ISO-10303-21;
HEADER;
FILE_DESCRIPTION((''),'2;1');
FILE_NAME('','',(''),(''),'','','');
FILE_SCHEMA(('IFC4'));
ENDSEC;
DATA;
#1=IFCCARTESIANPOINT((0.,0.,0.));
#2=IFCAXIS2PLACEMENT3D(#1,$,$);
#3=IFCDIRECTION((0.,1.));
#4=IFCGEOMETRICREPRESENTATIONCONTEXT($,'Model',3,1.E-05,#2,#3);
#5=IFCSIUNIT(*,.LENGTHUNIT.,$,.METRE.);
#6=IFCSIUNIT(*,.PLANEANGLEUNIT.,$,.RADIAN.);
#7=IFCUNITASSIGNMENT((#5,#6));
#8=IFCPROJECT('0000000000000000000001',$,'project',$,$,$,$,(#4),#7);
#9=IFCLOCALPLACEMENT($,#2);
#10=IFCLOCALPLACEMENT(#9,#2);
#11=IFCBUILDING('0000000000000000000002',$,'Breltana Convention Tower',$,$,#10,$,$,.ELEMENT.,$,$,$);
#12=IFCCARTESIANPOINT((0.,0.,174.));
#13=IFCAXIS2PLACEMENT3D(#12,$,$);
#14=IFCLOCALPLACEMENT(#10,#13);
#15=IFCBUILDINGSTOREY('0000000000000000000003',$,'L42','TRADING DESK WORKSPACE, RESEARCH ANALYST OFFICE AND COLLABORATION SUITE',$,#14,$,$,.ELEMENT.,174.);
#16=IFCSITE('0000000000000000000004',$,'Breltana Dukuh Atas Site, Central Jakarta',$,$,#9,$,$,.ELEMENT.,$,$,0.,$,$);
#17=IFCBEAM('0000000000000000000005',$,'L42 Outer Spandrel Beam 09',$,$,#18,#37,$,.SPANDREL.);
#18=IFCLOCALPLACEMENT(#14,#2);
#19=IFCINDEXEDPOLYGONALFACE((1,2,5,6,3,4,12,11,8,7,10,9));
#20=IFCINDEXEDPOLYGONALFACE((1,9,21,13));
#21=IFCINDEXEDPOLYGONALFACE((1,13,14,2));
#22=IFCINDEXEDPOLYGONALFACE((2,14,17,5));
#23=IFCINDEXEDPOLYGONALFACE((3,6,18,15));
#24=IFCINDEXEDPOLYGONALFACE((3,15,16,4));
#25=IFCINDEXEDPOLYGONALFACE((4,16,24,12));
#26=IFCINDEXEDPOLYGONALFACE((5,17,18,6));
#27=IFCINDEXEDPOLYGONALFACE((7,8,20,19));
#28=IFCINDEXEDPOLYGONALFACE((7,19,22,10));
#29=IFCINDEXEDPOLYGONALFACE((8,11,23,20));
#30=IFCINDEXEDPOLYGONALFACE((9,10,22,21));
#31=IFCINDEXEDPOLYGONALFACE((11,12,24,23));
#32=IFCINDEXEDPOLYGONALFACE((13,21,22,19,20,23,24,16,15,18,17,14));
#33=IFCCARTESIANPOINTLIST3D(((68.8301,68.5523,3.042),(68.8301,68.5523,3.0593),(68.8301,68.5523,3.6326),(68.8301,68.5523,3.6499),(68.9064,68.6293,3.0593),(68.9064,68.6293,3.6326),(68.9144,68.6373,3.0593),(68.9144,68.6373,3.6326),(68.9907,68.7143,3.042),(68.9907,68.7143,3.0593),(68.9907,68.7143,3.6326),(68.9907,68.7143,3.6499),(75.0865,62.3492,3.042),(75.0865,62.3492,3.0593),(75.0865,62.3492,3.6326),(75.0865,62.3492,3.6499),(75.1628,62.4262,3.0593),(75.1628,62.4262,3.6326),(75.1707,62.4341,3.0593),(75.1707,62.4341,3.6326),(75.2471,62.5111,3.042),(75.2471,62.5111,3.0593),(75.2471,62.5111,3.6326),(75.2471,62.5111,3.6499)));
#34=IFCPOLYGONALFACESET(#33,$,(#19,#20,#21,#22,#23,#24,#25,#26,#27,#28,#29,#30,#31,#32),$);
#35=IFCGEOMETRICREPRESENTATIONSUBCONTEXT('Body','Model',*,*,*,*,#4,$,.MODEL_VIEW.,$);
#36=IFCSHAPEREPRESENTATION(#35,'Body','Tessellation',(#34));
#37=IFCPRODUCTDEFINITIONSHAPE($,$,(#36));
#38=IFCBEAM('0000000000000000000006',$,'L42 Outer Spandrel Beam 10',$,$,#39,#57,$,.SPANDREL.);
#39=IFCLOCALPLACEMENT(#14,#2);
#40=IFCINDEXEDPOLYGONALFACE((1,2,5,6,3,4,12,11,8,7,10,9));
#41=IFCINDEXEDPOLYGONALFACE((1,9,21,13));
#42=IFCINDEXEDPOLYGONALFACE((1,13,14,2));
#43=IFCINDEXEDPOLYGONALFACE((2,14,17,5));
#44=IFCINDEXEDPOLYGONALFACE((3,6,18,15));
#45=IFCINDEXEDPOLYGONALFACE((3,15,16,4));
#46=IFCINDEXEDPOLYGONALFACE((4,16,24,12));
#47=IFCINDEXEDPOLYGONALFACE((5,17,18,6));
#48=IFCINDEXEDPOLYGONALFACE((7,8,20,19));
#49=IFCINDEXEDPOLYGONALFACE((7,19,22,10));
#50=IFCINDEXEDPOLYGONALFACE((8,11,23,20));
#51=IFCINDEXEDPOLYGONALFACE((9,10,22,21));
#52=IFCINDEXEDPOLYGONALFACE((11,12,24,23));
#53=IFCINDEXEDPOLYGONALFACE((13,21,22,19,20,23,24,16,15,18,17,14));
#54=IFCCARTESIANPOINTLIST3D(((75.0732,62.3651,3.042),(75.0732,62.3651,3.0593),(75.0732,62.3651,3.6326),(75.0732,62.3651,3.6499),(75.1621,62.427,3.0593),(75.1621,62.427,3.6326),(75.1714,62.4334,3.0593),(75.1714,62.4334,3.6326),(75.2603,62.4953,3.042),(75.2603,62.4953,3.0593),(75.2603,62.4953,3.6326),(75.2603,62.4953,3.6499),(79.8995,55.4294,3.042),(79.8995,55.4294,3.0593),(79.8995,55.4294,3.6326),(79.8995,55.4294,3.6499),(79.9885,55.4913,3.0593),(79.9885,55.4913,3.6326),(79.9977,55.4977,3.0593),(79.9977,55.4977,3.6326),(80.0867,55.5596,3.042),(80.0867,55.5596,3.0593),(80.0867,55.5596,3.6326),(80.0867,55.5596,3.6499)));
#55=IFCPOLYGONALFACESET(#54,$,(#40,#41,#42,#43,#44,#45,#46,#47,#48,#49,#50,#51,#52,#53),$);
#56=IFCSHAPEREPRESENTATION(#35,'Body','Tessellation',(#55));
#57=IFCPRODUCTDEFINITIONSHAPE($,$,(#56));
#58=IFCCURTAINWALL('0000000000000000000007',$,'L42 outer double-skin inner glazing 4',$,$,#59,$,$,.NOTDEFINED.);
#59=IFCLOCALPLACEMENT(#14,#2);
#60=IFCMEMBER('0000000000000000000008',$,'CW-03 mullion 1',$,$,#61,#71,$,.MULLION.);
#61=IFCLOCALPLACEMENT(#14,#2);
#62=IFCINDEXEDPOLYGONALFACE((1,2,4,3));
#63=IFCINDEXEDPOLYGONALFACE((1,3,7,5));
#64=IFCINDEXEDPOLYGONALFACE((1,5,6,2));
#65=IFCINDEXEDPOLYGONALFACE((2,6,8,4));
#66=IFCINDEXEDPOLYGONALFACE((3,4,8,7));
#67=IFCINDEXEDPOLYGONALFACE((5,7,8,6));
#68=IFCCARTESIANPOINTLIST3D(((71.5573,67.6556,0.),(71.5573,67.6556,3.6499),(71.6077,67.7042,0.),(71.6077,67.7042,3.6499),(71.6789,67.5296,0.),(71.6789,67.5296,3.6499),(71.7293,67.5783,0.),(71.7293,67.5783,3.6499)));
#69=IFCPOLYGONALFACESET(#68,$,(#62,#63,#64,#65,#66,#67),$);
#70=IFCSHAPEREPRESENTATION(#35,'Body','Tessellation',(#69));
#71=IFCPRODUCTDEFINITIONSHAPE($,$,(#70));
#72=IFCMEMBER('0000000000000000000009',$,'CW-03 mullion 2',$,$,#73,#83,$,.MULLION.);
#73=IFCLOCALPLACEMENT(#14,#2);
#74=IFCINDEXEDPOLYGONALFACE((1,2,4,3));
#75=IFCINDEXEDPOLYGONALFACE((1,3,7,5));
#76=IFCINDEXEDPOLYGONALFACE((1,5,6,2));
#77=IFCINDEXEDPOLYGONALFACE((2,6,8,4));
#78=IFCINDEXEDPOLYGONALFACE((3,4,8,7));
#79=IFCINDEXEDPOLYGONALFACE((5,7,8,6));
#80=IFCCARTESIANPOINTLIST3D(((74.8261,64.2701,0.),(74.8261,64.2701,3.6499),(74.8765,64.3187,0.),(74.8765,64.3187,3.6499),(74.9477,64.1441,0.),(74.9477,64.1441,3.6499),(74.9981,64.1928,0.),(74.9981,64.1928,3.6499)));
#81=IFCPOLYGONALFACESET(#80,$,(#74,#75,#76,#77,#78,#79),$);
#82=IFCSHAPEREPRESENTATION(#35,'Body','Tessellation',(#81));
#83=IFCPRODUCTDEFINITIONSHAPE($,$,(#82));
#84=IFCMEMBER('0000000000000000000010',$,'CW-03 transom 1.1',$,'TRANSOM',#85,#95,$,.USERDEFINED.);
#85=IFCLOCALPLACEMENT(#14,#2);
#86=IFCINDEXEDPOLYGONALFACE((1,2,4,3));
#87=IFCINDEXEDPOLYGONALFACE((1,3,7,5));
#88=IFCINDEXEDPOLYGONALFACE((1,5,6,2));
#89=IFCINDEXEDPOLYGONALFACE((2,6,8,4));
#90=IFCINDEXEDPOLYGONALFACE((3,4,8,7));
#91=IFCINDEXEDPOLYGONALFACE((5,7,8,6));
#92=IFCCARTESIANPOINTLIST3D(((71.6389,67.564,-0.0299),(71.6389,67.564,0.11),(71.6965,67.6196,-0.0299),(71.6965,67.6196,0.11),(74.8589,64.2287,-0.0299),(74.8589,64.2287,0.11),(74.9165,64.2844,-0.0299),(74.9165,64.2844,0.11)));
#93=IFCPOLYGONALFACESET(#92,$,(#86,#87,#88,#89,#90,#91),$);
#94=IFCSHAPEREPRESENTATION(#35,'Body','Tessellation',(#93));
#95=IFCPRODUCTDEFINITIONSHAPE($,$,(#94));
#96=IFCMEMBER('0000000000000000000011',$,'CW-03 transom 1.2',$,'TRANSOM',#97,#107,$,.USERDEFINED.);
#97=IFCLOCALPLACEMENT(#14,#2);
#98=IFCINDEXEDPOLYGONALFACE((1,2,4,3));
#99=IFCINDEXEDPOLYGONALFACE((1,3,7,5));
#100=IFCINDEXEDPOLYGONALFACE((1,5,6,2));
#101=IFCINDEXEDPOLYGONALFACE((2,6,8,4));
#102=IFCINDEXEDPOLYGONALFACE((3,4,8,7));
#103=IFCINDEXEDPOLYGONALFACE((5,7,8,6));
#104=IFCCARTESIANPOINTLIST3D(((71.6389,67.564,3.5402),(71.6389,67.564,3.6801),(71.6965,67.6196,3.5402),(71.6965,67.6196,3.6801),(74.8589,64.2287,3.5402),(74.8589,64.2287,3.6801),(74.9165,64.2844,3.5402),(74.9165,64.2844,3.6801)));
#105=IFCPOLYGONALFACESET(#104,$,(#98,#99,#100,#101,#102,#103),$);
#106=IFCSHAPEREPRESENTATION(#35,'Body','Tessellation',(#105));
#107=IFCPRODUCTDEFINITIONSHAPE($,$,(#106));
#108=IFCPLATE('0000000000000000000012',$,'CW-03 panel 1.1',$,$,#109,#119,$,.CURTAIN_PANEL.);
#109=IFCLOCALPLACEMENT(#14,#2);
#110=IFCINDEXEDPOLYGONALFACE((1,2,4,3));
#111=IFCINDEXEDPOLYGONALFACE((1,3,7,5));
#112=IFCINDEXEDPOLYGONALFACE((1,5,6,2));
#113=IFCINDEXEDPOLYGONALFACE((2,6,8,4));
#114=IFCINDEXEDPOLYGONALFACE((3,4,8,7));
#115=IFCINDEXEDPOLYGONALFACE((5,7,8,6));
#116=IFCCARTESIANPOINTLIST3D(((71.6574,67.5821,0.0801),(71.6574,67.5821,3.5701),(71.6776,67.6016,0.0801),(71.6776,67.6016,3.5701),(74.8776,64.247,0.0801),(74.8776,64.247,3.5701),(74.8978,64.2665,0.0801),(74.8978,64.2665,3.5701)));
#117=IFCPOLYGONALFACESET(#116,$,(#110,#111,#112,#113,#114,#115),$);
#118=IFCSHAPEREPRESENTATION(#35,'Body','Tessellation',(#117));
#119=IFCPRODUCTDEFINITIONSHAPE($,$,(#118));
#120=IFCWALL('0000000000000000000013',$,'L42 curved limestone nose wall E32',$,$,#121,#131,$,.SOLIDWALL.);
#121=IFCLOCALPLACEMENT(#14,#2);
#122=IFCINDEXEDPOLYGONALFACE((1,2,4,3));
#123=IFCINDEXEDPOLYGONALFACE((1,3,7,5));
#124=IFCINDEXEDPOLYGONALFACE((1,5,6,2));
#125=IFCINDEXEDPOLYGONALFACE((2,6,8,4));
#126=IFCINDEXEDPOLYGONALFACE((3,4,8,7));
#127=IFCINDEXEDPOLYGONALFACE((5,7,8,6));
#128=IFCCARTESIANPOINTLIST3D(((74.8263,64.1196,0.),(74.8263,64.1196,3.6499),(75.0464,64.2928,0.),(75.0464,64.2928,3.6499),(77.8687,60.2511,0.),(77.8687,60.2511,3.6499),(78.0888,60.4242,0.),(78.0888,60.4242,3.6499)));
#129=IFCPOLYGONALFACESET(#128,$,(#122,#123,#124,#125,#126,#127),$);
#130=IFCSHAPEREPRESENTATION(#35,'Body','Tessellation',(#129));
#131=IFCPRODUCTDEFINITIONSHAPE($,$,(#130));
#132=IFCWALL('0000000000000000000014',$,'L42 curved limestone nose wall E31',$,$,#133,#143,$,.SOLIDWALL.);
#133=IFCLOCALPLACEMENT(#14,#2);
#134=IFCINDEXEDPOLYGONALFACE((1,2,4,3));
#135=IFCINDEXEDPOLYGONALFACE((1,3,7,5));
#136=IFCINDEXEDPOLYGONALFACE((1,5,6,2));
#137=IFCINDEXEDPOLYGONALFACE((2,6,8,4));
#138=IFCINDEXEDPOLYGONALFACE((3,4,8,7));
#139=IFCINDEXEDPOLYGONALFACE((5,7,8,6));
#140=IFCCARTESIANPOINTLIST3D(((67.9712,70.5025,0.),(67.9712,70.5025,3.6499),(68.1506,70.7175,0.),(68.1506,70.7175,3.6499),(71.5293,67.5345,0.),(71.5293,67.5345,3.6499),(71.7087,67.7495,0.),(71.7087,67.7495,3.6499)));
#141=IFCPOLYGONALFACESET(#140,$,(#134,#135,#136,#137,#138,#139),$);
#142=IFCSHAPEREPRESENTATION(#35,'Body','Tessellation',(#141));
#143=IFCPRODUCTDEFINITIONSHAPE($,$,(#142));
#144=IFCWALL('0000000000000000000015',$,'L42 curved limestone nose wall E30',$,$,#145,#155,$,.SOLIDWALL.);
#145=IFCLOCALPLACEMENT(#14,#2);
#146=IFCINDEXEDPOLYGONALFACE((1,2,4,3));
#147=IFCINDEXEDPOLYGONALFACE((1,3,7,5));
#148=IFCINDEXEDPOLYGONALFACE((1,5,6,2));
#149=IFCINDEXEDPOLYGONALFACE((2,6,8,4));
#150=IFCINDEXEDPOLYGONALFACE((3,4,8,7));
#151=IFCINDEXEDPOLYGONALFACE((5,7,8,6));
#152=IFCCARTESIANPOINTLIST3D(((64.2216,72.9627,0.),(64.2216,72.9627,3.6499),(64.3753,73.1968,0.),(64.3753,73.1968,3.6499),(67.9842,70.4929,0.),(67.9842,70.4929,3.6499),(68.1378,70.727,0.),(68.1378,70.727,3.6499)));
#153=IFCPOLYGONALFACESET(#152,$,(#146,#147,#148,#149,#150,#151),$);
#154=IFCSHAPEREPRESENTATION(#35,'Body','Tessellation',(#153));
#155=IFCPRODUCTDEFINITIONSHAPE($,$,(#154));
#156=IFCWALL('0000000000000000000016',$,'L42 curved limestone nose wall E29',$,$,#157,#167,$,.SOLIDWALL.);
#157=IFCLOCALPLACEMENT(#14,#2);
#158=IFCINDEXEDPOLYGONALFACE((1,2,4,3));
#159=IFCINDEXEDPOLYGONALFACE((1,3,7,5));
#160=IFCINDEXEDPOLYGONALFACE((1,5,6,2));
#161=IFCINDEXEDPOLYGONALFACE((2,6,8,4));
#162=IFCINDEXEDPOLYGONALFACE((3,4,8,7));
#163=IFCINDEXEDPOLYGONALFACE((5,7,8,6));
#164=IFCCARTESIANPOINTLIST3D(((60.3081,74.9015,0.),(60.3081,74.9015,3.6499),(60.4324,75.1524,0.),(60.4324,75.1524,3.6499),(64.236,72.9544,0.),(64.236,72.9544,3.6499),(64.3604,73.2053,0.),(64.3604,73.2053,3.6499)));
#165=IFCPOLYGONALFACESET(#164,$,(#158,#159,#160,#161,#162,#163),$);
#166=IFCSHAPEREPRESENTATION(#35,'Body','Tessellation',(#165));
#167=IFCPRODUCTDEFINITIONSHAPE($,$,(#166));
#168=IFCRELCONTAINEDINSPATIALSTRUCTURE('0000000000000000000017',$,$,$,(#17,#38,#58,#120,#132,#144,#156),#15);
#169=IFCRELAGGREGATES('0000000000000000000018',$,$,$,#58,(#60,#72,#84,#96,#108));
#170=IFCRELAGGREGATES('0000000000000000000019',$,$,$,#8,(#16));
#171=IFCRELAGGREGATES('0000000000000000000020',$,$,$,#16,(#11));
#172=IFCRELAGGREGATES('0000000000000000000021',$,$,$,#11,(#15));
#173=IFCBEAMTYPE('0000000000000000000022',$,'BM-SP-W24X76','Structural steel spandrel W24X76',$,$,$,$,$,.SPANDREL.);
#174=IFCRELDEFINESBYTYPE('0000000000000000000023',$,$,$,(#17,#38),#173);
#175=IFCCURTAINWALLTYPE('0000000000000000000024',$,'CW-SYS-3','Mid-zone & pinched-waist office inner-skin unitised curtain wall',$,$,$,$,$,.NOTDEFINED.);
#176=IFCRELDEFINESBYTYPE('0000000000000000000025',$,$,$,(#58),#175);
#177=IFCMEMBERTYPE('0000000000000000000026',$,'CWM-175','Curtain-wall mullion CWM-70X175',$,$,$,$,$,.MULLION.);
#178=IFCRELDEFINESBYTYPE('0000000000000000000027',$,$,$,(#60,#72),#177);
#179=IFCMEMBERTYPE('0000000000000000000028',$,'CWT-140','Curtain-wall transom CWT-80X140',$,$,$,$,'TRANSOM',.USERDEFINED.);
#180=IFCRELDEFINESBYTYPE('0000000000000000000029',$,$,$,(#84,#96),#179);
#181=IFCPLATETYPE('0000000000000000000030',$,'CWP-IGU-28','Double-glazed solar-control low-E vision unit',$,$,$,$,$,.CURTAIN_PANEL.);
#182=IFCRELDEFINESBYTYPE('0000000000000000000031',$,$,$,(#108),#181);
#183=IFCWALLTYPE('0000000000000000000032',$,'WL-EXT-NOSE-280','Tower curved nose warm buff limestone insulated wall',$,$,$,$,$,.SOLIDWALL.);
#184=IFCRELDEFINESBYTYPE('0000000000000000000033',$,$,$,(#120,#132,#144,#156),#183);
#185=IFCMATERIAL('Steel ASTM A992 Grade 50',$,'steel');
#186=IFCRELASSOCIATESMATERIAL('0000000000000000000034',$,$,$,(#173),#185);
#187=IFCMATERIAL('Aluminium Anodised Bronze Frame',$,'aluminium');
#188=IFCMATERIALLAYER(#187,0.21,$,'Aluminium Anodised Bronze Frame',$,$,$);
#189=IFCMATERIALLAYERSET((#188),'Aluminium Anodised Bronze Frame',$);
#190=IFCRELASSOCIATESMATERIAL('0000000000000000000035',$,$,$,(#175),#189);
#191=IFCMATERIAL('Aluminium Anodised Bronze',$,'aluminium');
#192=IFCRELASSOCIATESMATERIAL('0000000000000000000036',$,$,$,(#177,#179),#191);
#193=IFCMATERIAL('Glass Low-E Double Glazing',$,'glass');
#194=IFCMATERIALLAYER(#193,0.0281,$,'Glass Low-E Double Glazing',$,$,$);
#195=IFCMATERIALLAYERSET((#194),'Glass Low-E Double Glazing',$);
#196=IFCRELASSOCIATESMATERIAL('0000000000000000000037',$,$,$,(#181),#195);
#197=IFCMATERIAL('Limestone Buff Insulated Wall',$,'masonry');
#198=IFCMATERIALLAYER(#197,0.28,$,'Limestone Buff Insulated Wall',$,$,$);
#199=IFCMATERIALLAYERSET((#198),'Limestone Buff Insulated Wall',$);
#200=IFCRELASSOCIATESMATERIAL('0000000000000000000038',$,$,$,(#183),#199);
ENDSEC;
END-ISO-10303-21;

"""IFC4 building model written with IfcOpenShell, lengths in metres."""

from ifc_helpers import new_model, si_unit, direction, frame, frame_2d, origin, origin_2d, place, context, subcontext, project, spatial, rectangle, i_section, extrude, source, transform, mapped, material, layer, layer_set, material_profile, profile_set, type_object, element, aggregate, save


model = new_model("IFC4")

# Units and contexts
model_context = context("Model", 3, precision=1e-05, world=origin(), true_north=direction((0.0, 1.0)))
body_context = subcontext(model_context, "Body", "Model", "MODEL_VIEW")
ifc_project = project(units=[si_unit("LENGTHUNIT", "METRE"), si_unit("PLANEANGLEUNIT", "RADIAN")], contexts=[model_context])

# Site, building, storey
site_placement = place(None, origin())
site = spatial("IfcSite", under=ifc_project, at=site_placement, Name="Breltana Dukuh Atas Site, Central Jakarta", CompositionType="ELEMENT", RefElevation=0.0)
building_placement = place(site_placement, origin())
building = spatial("IfcBuilding", under=site, at=building_placement, Name="Breltana Convention Tower", CompositionType="ELEMENT")
storey_placement = place(building_placement, frame((0.0, 0.0, 174.0)))
storey = spatial("IfcBuildingStorey", under=building, at=storey_placement, Name="L42", Description="TRADING DESK WORKSPACE, RESEARCH ANALYST OFFICE AND COLLABORATION SUITE", CompositionType="ELEMENT", Elevation=174.0)

# Beams
ifc_material_1 = material(Name="Steel ASTM A992 Grade 50", Category="steel")
ifc_material_profile_1 = material_profile(ifc_material_1, i_section(OverallWidth=0.228, OverallDepth=0.6079, WebThickness=0.0112, FlangeThickness=0.0173, at=origin_2d()), Name="W24X76")
ifc_profile_set_1 = profile_set([ifc_material_profile_1], Name="Steel ASTM A992 Grade 50")
beam_type_1 = type_object("IfcBeamType", Name="BM-SP-W24X76", Description="Structural steel spandrel W24X76", PredefinedType="SPANDREL", material=ifc_profile_set_1)
shared_shape_1 = source(origin(), body_context, "Body", "SweptSolid", [
    extrude(i_section(OverallWidth=0.228, OverallDepth=0.6079, WebThickness=0.0112, FlangeThickness=0.0173, at=origin_2d()), origin(), (0.0, 0.0, 1.0), 8.8103),
])
beam_1_placement = place(storey_placement, frame((68.9104, 68.6333, 3.3459), z_axis=(0.710121, -0.70408, 0.0), x_axis=(0.70408, 0.710121, 0.0)))
element("IfcBeam", 1, at=beam_1_placement, inside=storey, type_object=beam_type_1, Name="L42 Outer Spandrel Beam 09", PredefinedType="SPANDREL", context=body_context, shape_type="MappedRepresentation", body=[
    mapped(shared_shape_1, transform((0.0, 0.0, 0.0), scale=1.0)),
])
shared_shape_2 = source(origin(), body_context, "Body", "SweptSolid", [
    extrude(i_section(OverallWidth=0.228, OverallDepth=0.6079, WebThickness=0.0112, FlangeThickness=0.0173, at=origin_2d()), origin(), (0.0, 0.0, 1.0), 8.4497),
])
beam_2_placement = place(storey_placement, frame((75.1667, 62.4302, 3.3459), z_axis=(0.571186, -0.820821, 0.0), x_axis=(0.820821, 0.571186, 0.0)))
element("IfcBeam", 2, at=beam_2_placement, inside=storey, type_object=beam_type_1, Name="L42 Outer Spandrel Beam 10", PredefinedType="SPANDREL", context=body_context, shape_type="MappedRepresentation", body=[
    mapped(shared_shape_2, transform((0.0, 0.0, 0.0), scale=1.0)),
])

# Curtain wall, members, plate
ifc_material_2 = material(Name="Aluminium Anodised Bronze Frame", Category="aluminium")
ifc_layer_1 = layer(ifc_material_2, 0.21, Name="Aluminium Anodised Bronze Frame")
ifc_layer_set_1 = layer_set([ifc_layer_1], Name="Aluminium Anodised Bronze Frame")
curtain_wall_type = type_object("IfcCurtainWallType", Name="CW-SYS-3", Description="Mid-zone & pinched-waist office inner-skin unitised curtain wall", PredefinedType="NOTDEFINED", material=ifc_layer_set_1)
curtain_wall_placement = place(storey_placement, origin())
curtain_wall = element("IfcCurtainWall", 3, at=curtain_wall_placement, inside=storey, type_object=curtain_wall_type, Name="L42 outer double-skin inner glazing 4", PredefinedType="NOTDEFINED")
ifc_material_3 = material(Name="Aluminium Anodised Bronze", Category="aluminium")
ifc_material_profile_2 = material_profile(ifc_material_3, rectangle(XDim=0.0701, YDim=0.175, at=origin_2d()), Name="CWM-70X175")
ifc_profile_set_2 = profile_set([ifc_material_profile_2], Name="Aluminium Anodised Bronze")
member_type_1 = type_object("IfcMemberType", Name="CWM-175", Description="Curtain-wall mullion CWM-70X175", PredefinedType="MULLION", material=ifc_profile_set_2)
shared_shape_3 = source(origin(), body_context, "Body", "SweptSolid", [
    extrude(rectangle(XDim=0.0701, YDim=0.175, at=origin_2d()), origin(), (0.0, 0.0, 1.0), 3.6499),
])
member_1_placement = place(storey_placement, frame((71.6433, 67.6169, 0.0), z_axis=(0.0, 0.0, 1.0), x_axis=(0.719394, 0.694603, 0.0)))
member_1 = element("IfcMember", 4, at=member_1_placement, type_object=member_type_1, Name="CW-03 mullion 1", PredefinedType="MULLION", context=body_context, shape_type="MappedRepresentation", body=[
    mapped(shared_shape_3, transform((0.0, 0.0, 0.0), scale=1.0)),
])
member_2_placement = place(storey_placement, frame((74.9121, 64.2314, 0.0), z_axis=(0.0, 0.0, 1.0), x_axis=(0.719394, 0.694603, 0.0)))
member_2 = element("IfcMember", 5, at=member_2_placement, type_object=member_type_1, Name="CW-03 mullion 2", PredefinedType="MULLION", context=body_context, shape_type="MappedRepresentation", body=[
    mapped(shared_shape_3, transform((0.0, 0.0, 0.0), scale=1.0)),
])
ifc_material_profile_3 = material_profile(ifc_material_3, rectangle(XDim=0.0801, YDim=0.1399, at=origin_2d()), Name="CWT-80X140")
ifc_profile_set_3 = profile_set([ifc_material_profile_3], Name="Aluminium Anodised Bronze")
member_type_2 = type_object("IfcMemberType", Name="CWT-140", Description="Curtain-wall transom CWT-80X140", ElementType="TRANSOM", PredefinedType="USERDEFINED", material=ifc_profile_set_3)
shared_shape_4 = source(origin(), body_context, "Body", "SweptSolid", [
    extrude(rectangle(XDim=0.0801, YDim=0.1399, at=origin_2d()), origin(), (0.0, 0.0, 1.0), 4.636),
])
member_3_placement = place(storey_placement, frame((71.6677, 67.5918, 0.04), z_axis=(0.694569, -0.719426, 0.0), x_axis=(0.719426, 0.694569, 0.0)))
member_3 = element("IfcMember", 6, at=member_3_placement, type_object=member_type_2, Name="CW-03 transom 1.1", ObjectType="TRANSOM", PredefinedType="USERDEFINED", context=body_context, shape_type="MappedRepresentation", body=[
    mapped(shared_shape_4, transform((0.0, 0.0, 0.0), scale=1.0)),
])
member_4_placement = place(storey_placement, frame((71.6677, 67.5918, 3.6101), z_axis=(0.694569, -0.719426, 0.0), x_axis=(0.719426, 0.694569, 0.0)))
member_4 = element("IfcMember", 7, at=member_4_placement, type_object=member_type_2, Name="CW-03 transom 1.2", ObjectType="TRANSOM", PredefinedType="USERDEFINED", context=body_context, shape_type="MappedRepresentation", body=[
    mapped(shared_shape_4, transform((0.0, 0.0, 0.0), scale=1.0)),
])
ifc_material_4 = material(Name="Glass Low-E Double Glazing", Category="glass")
ifc_layer_2 = layer(ifc_material_4, 0.0281, Name="Glass Low-E Double Glazing")
ifc_layer_set_2 = layer_set([ifc_layer_2], Name="Glass Low-E Double Glazing")
plate_type = type_object("IfcPlateType", Name="CWP-IGU-28", Description="Double-glazed solar-control low-E vision unit", PredefinedType="CURTAIN_PANEL", material=ifc_layer_set_2)
shared_shape_5 = source(origin(), body_context, "Body", "SweptSolid", [
    extrude(rectangle(XDim=4.636, YDim=0.0281, at=origin_2d()), origin(), (0.0, 0.0, 1.0), 3.49),
])
plate_placement = place(storey_placement, frame((73.2776, 65.9243, 0.0801), z_axis=(0.0, 0.0, 1.0), x_axis=(0.694603, -0.719394, 0.0)))
plate = element("IfcPlate", 8, at=plate_placement, type_object=plate_type, Name="CW-03 panel 1.1", PredefinedType="CURTAIN_PANEL", context=body_context, shape_type="MappedRepresentation", body=[
    mapped(shared_shape_5, transform((0.0, 0.0, 0.0), scale=1.0)),
])
aggregate(curtain_wall, [member_1, member_2, member_3, member_4, plate])

# Walls
ifc_material_5 = material(Name="Limestone Buff Insulated Wall", Category="masonry")
ifc_layer_3 = layer(ifc_material_5, 0.28, Name="Limestone Buff Insulated Wall")
ifc_layer_set_3 = layer_set([ifc_layer_3], Name="Limestone Buff Insulated Wall")
wall_type_1 = type_object("IfcWallType", Name="WL-EXT-NOSE-280", Description="Tower curved nose warm buff limestone insulated wall", PredefinedType="SOLIDWALL", material=ifc_layer_set_3)
shared_shape_6 = source(origin(), body_context, "Body", "SweptSolid", [
    extrude(rectangle(XDim=4.9216, YDim=0.28, at=frame_2d((2.4609, 0.0))), origin(), (0.0, 0.0, 1.0), 3.6499),
])
wall_1_placement = place(storey_placement, frame((74.9363, 64.2063, 0.0), z_axis=(0.0, 0.0, 1.0), x_axis=(0.618176, -0.786039, 0.0)))
element("IfcWall", 9, at=wall_1_placement, inside=storey, type_object=wall_type_1, Name="L42 curved limestone nose wall E32", PredefinedType="SOLIDWALL", context=body_context, shape_type="MappedRepresentation", body=[
    mapped(shared_shape_6, transform((0.0, 0.0, 0.0), scale=1.0)),
])
shared_shape_7 = source(origin(), body_context, "Body", "SweptSolid", [
    extrude(rectangle(XDim=4.6335, YDim=0.28, at=frame_2d((2.3169, 0.0))), origin(), (0.0, 0.0, 1.0), 3.6499),
])
wall_2_placement = place(storey_placement, frame((68.0608, 70.6101, 0.0), z_axis=(0.0, 0.0, 1.0), x_axis=(0.76791, -0.640557, 0.0)))
element("IfcWall", 10, at=wall_2_placement, inside=storey, type_object=wall_type_1, Name="L42 curved limestone nose wall E31", PredefinedType="SOLIDWALL", context=body_context, shape_type="MappedRepresentation", body=[
    mapped(shared_shape_7, transform((0.0, 0.0, 0.0), scale=1.0)),
])
shared_shape_8 = source(origin(), body_context, "Body", "SweptSolid", [
    extrude(rectangle(XDim=4.5007, YDim=0.28, at=frame_2d((2.2505, 0.0))), origin(), (0.0, 0.0, 1.0), 3.6499),
])
wall_3_placement = place(storey_placement, frame((64.2983, 73.0798, 0.0), z_axis=(0.0, 0.0, 1.0), x_axis=(0.835985, -0.548752, 0.0)))
element("IfcWall", 11, at=wall_3_placement, inside=storey, type_object=wall_type_1, Name="L42 curved limestone nose wall E30", PredefinedType="SOLIDWALL", context=body_context, shape_type="MappedRepresentation", body=[
    mapped(shared_shape_8, transform((0.0, 0.0, 0.0), scale=1.0)),
])
shared_shape_9 = source(origin(), body_context, "Body", "SweptSolid", [
    extrude(rectangle(XDim=4.384, YDim=0.28, at=frame_2d((2.1919, 0.0))), origin(), (0.0, 0.0, 1.0), 3.6499),
])
wall_4_placement = place(storey_placement, frame((60.3704, 75.0269, 0.0), z_axis=(0.0, 0.0, 1.0), x_axis=(0.89597, -0.444115, 0.0)))
element("IfcWall", 12, at=wall_4_placement, inside=storey, type_object=wall_type_1, Name="L42 curved limestone nose wall E29", PredefinedType="SOLIDWALL", context=body_context, shape_type="MappedRepresentation", body=[
    mapped(shared_shape_9, transform((0.0, 0.0, 0.0), scale=1.0)),
])

save(model, "model.ifc")
